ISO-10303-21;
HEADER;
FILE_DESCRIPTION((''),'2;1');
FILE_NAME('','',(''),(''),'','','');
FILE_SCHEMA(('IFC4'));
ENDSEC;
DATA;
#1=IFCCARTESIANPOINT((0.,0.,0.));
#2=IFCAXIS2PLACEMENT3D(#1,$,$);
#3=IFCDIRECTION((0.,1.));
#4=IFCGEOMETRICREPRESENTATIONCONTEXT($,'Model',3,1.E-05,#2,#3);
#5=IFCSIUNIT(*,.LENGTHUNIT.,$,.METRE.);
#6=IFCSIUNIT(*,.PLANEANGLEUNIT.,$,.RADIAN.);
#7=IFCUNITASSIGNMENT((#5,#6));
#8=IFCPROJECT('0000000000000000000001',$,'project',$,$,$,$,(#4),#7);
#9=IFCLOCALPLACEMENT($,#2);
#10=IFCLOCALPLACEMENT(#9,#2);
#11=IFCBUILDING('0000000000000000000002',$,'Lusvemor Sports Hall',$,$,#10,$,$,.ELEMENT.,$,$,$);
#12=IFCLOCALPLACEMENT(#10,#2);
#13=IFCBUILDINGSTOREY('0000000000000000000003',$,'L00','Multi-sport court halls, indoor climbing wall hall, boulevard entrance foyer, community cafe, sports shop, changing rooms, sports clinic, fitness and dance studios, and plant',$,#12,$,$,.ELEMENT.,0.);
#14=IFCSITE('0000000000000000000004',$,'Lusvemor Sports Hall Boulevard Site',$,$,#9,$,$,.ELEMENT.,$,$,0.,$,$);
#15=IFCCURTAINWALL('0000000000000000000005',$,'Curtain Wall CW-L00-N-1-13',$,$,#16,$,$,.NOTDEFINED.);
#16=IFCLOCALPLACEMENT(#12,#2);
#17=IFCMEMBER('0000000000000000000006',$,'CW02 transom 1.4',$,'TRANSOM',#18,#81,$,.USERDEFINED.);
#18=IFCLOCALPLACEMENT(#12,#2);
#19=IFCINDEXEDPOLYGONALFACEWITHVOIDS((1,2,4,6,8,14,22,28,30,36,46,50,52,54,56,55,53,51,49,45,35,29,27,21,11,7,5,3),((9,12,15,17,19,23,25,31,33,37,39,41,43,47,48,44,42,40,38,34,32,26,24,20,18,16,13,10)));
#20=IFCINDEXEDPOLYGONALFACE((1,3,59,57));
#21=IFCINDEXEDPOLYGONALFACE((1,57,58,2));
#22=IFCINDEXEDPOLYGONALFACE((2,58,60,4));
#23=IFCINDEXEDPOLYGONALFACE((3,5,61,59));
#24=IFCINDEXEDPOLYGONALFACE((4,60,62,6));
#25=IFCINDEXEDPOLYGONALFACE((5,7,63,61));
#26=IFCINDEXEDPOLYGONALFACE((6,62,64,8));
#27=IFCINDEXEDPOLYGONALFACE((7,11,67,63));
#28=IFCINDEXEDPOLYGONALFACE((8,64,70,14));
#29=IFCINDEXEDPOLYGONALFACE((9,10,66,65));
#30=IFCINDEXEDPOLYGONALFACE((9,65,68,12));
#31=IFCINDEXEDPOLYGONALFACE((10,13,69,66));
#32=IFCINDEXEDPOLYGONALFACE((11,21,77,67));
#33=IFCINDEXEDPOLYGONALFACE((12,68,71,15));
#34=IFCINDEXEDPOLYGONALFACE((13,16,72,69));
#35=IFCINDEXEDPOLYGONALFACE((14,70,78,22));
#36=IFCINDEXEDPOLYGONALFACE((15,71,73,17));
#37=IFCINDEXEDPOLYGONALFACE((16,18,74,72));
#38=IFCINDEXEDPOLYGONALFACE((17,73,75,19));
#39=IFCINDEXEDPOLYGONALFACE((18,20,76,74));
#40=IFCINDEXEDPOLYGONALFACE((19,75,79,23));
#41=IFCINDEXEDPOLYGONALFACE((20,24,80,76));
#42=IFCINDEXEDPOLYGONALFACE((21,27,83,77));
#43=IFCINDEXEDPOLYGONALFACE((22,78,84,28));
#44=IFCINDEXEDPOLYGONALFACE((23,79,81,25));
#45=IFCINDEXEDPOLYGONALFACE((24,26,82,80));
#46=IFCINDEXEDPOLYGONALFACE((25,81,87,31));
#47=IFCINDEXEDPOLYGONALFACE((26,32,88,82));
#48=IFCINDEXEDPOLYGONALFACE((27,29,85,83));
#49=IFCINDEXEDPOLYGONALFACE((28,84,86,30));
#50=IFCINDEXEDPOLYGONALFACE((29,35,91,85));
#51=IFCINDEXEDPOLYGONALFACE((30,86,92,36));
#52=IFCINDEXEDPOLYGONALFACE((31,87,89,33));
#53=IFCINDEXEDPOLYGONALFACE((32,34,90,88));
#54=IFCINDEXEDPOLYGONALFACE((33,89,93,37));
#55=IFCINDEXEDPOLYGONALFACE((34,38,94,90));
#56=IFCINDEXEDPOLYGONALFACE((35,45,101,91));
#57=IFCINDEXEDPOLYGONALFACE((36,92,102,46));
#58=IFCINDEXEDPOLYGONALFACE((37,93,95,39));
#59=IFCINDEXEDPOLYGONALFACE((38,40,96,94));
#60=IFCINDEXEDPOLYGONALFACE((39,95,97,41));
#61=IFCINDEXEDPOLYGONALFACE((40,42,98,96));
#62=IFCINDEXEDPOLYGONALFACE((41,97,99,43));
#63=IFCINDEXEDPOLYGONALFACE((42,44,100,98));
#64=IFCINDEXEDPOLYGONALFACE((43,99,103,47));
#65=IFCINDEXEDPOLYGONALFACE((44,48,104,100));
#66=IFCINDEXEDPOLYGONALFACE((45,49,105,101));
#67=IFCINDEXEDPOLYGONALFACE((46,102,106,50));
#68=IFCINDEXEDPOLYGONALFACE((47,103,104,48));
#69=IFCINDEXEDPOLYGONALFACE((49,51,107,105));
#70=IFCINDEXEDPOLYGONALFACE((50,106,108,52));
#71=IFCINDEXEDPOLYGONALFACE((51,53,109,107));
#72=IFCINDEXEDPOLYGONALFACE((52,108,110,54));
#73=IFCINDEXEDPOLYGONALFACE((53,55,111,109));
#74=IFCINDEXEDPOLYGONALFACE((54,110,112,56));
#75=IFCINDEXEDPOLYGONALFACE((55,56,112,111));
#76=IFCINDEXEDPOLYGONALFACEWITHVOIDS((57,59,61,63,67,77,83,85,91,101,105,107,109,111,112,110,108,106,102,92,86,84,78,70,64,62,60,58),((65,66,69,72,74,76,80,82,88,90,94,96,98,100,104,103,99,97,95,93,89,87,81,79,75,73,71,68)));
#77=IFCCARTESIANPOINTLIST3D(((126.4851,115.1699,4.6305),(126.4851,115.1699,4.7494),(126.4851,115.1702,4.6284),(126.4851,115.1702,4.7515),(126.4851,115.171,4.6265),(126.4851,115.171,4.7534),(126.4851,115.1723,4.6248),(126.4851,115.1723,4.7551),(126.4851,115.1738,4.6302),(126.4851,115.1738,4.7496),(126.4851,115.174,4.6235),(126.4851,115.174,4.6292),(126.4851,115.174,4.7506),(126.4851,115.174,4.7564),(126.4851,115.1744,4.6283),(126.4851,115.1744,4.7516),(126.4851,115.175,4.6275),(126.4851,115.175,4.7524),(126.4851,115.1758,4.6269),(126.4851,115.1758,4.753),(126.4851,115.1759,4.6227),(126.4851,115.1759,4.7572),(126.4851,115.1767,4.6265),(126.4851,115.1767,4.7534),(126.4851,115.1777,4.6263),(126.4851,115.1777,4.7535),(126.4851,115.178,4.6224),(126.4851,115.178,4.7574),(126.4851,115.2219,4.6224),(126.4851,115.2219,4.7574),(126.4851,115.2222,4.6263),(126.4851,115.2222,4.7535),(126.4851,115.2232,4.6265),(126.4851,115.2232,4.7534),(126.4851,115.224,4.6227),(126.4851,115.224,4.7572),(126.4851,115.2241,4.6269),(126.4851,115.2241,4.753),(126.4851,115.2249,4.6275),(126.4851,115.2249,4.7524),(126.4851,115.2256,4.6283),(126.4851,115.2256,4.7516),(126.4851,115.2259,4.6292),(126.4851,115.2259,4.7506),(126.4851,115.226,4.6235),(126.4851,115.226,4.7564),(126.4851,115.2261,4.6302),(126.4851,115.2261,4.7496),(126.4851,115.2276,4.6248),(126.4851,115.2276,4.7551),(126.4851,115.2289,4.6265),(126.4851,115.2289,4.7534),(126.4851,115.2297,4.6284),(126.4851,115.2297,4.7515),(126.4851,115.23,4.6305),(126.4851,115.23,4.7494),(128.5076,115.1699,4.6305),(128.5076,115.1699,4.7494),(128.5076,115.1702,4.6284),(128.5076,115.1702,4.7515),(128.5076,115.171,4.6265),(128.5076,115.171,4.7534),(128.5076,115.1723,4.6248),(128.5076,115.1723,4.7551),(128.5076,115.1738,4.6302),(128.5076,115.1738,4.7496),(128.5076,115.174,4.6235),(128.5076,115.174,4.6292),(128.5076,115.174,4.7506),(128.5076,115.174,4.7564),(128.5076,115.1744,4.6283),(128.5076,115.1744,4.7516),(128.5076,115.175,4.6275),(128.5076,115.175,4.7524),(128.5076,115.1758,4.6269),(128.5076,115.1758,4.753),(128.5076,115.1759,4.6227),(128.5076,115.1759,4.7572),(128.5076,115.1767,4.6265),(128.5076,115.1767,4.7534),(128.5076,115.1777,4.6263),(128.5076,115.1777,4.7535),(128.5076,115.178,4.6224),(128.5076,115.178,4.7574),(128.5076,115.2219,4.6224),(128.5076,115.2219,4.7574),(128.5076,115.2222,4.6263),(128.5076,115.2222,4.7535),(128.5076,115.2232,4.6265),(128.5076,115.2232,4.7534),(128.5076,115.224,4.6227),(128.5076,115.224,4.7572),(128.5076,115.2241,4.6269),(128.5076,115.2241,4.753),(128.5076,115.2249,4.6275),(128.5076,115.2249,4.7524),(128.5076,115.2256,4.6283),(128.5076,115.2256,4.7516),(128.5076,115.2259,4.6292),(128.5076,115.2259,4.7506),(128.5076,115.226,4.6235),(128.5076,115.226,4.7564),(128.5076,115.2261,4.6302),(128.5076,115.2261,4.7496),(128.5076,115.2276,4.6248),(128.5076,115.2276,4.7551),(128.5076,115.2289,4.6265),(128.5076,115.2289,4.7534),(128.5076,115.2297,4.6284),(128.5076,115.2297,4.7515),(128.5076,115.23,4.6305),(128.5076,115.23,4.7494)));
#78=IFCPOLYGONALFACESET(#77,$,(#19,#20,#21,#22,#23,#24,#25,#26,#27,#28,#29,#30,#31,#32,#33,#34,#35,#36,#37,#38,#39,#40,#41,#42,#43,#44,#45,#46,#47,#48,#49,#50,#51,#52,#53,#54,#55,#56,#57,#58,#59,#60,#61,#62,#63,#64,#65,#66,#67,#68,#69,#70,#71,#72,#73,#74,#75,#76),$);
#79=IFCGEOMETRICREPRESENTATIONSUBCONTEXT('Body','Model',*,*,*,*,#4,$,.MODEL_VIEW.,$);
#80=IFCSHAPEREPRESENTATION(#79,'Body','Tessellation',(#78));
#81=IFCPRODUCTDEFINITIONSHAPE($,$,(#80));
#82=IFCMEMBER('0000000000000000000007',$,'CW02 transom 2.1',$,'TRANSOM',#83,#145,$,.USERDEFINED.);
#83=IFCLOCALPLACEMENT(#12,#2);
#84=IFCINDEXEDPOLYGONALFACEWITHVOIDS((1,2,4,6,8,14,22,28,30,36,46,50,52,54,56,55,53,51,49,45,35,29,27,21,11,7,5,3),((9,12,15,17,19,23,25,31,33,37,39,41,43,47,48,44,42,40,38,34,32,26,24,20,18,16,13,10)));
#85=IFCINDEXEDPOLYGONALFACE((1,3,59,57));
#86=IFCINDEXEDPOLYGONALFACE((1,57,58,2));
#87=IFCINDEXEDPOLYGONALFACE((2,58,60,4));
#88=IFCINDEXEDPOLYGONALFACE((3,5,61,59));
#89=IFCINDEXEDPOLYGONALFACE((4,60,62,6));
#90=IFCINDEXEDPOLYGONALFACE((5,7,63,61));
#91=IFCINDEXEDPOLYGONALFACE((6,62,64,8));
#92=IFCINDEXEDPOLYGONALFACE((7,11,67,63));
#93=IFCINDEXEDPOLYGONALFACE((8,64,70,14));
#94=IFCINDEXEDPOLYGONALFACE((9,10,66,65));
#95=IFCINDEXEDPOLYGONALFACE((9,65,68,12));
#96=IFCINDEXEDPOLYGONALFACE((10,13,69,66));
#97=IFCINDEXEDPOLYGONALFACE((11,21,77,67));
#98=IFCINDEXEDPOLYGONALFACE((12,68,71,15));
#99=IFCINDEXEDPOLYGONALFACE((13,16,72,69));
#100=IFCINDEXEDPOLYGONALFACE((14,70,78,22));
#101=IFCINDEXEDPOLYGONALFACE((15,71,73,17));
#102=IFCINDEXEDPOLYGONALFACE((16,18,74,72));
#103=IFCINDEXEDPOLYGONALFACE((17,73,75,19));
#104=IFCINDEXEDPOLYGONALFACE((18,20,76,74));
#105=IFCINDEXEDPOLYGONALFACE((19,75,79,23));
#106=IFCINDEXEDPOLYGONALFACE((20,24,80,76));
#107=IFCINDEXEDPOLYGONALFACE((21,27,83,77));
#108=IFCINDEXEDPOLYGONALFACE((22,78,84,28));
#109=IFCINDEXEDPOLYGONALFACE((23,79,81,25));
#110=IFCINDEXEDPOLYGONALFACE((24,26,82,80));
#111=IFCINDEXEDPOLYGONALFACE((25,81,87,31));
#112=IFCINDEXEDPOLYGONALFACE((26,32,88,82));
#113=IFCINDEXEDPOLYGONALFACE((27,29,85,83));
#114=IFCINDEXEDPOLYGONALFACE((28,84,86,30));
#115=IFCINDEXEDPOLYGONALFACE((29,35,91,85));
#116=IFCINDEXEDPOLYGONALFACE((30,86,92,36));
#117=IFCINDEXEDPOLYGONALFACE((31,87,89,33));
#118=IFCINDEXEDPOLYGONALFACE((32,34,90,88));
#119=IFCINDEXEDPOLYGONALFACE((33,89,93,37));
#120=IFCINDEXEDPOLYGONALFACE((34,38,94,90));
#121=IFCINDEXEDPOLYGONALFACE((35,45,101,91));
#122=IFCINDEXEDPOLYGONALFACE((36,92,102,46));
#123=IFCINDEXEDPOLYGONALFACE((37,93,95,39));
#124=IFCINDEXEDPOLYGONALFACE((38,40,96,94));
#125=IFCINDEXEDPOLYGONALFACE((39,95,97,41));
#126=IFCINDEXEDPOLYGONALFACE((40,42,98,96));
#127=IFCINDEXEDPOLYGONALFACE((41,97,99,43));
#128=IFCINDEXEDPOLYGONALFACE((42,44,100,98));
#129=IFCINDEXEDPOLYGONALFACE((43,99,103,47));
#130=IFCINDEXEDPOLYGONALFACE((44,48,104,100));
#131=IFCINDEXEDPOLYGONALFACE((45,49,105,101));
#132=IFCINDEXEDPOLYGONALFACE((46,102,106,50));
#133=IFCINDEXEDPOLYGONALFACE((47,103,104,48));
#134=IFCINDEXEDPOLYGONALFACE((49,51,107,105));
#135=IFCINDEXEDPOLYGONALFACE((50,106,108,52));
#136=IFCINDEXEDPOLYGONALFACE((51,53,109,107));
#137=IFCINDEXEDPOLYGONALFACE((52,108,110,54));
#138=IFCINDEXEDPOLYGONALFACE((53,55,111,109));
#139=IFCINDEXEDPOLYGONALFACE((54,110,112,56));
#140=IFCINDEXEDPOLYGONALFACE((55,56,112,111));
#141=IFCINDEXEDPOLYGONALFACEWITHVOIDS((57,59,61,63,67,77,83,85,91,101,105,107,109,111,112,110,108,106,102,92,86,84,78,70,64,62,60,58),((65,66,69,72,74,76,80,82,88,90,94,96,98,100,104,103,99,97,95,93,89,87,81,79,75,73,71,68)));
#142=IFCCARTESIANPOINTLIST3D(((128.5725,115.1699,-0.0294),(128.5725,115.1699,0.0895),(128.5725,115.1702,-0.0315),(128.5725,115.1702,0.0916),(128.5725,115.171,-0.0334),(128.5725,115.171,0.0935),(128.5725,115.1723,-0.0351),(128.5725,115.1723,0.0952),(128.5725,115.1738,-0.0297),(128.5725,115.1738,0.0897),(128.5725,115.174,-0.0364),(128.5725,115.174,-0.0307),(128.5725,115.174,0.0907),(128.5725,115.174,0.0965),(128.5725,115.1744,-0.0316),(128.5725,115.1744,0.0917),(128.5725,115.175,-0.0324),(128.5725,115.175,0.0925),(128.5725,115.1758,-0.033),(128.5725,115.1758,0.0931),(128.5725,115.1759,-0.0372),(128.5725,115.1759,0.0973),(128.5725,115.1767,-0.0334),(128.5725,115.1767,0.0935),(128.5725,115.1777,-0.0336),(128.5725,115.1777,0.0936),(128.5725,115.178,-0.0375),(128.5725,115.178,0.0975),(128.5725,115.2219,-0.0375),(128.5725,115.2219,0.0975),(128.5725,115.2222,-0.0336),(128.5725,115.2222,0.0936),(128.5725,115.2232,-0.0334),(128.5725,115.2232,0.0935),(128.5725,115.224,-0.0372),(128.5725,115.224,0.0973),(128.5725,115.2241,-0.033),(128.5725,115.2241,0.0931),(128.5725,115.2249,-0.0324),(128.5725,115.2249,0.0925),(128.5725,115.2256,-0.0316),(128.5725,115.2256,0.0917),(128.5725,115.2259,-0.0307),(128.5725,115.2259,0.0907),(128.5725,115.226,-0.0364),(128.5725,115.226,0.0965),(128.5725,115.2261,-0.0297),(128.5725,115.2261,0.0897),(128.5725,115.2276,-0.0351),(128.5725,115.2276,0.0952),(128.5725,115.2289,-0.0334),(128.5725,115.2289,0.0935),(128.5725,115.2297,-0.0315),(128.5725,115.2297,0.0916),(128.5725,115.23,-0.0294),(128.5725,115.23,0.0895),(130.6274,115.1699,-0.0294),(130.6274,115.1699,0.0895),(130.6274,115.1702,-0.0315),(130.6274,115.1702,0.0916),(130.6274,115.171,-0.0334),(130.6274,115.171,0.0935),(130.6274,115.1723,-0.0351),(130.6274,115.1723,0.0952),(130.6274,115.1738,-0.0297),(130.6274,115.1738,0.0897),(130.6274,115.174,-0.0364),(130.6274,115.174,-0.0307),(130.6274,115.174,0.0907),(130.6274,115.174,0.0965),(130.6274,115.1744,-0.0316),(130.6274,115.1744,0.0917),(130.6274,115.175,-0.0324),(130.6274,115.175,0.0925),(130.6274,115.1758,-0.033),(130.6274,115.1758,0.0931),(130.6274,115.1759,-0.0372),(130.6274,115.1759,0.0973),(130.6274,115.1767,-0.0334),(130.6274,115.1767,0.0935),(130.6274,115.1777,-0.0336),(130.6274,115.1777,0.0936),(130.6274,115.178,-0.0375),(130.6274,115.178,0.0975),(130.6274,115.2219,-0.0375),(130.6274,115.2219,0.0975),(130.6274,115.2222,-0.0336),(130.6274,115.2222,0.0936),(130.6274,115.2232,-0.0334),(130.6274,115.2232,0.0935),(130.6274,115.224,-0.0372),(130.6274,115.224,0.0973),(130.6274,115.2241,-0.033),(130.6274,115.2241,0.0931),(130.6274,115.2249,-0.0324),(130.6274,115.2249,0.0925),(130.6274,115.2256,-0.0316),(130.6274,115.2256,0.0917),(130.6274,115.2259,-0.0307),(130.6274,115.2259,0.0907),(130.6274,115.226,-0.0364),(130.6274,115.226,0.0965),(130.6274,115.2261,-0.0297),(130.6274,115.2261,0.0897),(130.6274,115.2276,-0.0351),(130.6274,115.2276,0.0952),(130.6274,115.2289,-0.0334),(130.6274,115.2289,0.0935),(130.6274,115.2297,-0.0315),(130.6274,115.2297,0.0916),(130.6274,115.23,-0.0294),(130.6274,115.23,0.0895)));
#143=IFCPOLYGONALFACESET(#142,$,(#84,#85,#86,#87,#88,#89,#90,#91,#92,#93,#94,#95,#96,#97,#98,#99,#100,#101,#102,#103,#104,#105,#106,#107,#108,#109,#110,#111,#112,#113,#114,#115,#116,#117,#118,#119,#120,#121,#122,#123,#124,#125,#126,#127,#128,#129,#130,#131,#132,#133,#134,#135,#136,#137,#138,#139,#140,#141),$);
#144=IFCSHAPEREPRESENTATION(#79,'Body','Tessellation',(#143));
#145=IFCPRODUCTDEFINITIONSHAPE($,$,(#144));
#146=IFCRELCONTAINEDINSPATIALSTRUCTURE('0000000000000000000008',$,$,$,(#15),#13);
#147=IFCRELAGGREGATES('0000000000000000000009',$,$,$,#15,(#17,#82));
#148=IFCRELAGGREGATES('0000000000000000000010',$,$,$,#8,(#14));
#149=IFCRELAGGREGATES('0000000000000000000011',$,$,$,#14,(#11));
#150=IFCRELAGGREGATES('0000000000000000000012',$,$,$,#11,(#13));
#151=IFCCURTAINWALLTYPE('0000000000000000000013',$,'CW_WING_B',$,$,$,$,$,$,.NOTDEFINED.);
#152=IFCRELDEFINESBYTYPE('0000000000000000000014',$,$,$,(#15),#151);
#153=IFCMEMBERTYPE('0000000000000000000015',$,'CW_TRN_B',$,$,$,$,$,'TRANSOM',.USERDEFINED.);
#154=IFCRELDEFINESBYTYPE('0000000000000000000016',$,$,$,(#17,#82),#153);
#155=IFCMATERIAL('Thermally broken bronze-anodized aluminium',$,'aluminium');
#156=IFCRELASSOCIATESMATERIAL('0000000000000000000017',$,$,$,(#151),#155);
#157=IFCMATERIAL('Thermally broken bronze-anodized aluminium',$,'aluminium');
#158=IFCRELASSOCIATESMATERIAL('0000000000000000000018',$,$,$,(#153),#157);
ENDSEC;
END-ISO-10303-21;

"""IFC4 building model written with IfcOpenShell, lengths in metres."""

from ifc_helpers import new_model, si_unit, direction, frame, origin, origin_2d, place, context, subcontext, project, spatial, hollow_rectangle, extrude, material, material_profile, profile_set, type_object, element, aggregate, save


model = new_model("IFC4")

# Units and contexts
model_context = context("Model", 3, precision=1e-05, world=origin(), true_north=direction((0.0, 1.0)))
body_context = subcontext(model_context, "Body", "Model", "MODEL_VIEW")
ifc_project = project(units=[si_unit("LENGTHUNIT", "METRE"), si_unit("PLANEANGLEUNIT", "RADIAN")], contexts=[model_context])

# Site, building, storey
site_placement = place(None, origin())
site = spatial("IfcSite", under=ifc_project, at=site_placement, Name="Lusvemor Sports Hall Boulevard Site", CompositionType="ELEMENT", RefElevation=0.0)
building_placement = place(site_placement, origin())
building = spatial("IfcBuilding", under=site, at=building_placement, Name="Lusvemor Sports Hall", CompositionType="ELEMENT")
storey_placement = place(building_placement, origin())
storey = spatial("IfcBuildingStorey", under=building, at=storey_placement, Name="L00", Description="Multi-sport court halls, indoor climbing wall hall, boulevard entrance foyer, community cafe, sports shop, changing rooms, sports clinic, fitness and dance studios, and plant", CompositionType="ELEMENT", Elevation=0.0)

# Curtain wall, members
ifc_material_1 = material(Name="Thermally broken bronze-anodized aluminium", Category="aluminium")
curtain_wall_type = type_object("IfcCurtainWallType", Name="CW_WING_B", PredefinedType="NOTDEFINED", material=ifc_material_1)
curtain_wall_placement = place(storey_placement, origin())
curtain_wall = element("IfcCurtainWall", 1, at=curtain_wall_placement, inside=storey, type_object=curtain_wall_type, Name="Curtain Wall CW-L00-N-1-13", PredefinedType="NOTDEFINED")
ifc_material_2 = material(Name="Thermally broken bronze-anodized aluminium", Category="aluminium")
ifc_material_profile_1 = material_profile(ifc_material_2, hollow_rectangle(XDim=0.0601, YDim=0.135, WallThickness=0.0039, InnerFilletRadius=0.0039, OuterFilletRadius=0.0081, at=origin_2d()), Name="CWTRN135x60x4")
ifc_profile_set_1 = profile_set([ifc_material_profile_1], Name="Thermally broken bronze-anodized aluminium")
member_type_1 = type_object("IfcMemberType", Name="CW_TRN_B", ElementType="TRANSOM", PredefinedType="USERDEFINED", material=ifc_profile_set_1)
member_1_placement = place(storey_placement, frame((126.4851, 115.2, 4.6899), z_axis=(1.0, 0.0, 0.0), x_axis=(0.0, 1.0, 0.0)))
member_1 = element("IfcMember", 2, at=member_1_placement, type_object=member_type_1, Name="CW02 transom 1.4", ObjectType="TRANSOM", PredefinedType="USERDEFINED", context=body_context, shape_type="SweptSolid", body=[
    extrude(hollow_rectangle(XDim=0.0601, YDim=0.135, WallThickness=0.0039, InnerFilletRadius=0.0039, OuterFilletRadius=0.0081, at=origin_2d()), origin(), (0.0, 0.0, 1.0), 2.0225),
])
member_2_placement = place(storey_placement, frame((128.5725, 115.2, 0.03), z_axis=(1.0, 0.0, 0.0), x_axis=(0.0, 1.0, 0.0)))
member_2 = element("IfcMember", 3, at=member_2_placement, type_object=member_type_1, Name="CW02 transom 2.1", ObjectType="TRANSOM", PredefinedType="USERDEFINED", context=body_context, shape_type="SweptSolid", body=[
    extrude(hollow_rectangle(XDim=0.0601, YDim=0.135, WallThickness=0.0039, InnerFilletRadius=0.0039, OuterFilletRadius=0.0081, at=origin_2d()), origin(), (0.0, 0.0, 1.0), 2.0549),
])
aggregate(curtain_wall, [member_1, member_2])

save(model, "model.ifc")
